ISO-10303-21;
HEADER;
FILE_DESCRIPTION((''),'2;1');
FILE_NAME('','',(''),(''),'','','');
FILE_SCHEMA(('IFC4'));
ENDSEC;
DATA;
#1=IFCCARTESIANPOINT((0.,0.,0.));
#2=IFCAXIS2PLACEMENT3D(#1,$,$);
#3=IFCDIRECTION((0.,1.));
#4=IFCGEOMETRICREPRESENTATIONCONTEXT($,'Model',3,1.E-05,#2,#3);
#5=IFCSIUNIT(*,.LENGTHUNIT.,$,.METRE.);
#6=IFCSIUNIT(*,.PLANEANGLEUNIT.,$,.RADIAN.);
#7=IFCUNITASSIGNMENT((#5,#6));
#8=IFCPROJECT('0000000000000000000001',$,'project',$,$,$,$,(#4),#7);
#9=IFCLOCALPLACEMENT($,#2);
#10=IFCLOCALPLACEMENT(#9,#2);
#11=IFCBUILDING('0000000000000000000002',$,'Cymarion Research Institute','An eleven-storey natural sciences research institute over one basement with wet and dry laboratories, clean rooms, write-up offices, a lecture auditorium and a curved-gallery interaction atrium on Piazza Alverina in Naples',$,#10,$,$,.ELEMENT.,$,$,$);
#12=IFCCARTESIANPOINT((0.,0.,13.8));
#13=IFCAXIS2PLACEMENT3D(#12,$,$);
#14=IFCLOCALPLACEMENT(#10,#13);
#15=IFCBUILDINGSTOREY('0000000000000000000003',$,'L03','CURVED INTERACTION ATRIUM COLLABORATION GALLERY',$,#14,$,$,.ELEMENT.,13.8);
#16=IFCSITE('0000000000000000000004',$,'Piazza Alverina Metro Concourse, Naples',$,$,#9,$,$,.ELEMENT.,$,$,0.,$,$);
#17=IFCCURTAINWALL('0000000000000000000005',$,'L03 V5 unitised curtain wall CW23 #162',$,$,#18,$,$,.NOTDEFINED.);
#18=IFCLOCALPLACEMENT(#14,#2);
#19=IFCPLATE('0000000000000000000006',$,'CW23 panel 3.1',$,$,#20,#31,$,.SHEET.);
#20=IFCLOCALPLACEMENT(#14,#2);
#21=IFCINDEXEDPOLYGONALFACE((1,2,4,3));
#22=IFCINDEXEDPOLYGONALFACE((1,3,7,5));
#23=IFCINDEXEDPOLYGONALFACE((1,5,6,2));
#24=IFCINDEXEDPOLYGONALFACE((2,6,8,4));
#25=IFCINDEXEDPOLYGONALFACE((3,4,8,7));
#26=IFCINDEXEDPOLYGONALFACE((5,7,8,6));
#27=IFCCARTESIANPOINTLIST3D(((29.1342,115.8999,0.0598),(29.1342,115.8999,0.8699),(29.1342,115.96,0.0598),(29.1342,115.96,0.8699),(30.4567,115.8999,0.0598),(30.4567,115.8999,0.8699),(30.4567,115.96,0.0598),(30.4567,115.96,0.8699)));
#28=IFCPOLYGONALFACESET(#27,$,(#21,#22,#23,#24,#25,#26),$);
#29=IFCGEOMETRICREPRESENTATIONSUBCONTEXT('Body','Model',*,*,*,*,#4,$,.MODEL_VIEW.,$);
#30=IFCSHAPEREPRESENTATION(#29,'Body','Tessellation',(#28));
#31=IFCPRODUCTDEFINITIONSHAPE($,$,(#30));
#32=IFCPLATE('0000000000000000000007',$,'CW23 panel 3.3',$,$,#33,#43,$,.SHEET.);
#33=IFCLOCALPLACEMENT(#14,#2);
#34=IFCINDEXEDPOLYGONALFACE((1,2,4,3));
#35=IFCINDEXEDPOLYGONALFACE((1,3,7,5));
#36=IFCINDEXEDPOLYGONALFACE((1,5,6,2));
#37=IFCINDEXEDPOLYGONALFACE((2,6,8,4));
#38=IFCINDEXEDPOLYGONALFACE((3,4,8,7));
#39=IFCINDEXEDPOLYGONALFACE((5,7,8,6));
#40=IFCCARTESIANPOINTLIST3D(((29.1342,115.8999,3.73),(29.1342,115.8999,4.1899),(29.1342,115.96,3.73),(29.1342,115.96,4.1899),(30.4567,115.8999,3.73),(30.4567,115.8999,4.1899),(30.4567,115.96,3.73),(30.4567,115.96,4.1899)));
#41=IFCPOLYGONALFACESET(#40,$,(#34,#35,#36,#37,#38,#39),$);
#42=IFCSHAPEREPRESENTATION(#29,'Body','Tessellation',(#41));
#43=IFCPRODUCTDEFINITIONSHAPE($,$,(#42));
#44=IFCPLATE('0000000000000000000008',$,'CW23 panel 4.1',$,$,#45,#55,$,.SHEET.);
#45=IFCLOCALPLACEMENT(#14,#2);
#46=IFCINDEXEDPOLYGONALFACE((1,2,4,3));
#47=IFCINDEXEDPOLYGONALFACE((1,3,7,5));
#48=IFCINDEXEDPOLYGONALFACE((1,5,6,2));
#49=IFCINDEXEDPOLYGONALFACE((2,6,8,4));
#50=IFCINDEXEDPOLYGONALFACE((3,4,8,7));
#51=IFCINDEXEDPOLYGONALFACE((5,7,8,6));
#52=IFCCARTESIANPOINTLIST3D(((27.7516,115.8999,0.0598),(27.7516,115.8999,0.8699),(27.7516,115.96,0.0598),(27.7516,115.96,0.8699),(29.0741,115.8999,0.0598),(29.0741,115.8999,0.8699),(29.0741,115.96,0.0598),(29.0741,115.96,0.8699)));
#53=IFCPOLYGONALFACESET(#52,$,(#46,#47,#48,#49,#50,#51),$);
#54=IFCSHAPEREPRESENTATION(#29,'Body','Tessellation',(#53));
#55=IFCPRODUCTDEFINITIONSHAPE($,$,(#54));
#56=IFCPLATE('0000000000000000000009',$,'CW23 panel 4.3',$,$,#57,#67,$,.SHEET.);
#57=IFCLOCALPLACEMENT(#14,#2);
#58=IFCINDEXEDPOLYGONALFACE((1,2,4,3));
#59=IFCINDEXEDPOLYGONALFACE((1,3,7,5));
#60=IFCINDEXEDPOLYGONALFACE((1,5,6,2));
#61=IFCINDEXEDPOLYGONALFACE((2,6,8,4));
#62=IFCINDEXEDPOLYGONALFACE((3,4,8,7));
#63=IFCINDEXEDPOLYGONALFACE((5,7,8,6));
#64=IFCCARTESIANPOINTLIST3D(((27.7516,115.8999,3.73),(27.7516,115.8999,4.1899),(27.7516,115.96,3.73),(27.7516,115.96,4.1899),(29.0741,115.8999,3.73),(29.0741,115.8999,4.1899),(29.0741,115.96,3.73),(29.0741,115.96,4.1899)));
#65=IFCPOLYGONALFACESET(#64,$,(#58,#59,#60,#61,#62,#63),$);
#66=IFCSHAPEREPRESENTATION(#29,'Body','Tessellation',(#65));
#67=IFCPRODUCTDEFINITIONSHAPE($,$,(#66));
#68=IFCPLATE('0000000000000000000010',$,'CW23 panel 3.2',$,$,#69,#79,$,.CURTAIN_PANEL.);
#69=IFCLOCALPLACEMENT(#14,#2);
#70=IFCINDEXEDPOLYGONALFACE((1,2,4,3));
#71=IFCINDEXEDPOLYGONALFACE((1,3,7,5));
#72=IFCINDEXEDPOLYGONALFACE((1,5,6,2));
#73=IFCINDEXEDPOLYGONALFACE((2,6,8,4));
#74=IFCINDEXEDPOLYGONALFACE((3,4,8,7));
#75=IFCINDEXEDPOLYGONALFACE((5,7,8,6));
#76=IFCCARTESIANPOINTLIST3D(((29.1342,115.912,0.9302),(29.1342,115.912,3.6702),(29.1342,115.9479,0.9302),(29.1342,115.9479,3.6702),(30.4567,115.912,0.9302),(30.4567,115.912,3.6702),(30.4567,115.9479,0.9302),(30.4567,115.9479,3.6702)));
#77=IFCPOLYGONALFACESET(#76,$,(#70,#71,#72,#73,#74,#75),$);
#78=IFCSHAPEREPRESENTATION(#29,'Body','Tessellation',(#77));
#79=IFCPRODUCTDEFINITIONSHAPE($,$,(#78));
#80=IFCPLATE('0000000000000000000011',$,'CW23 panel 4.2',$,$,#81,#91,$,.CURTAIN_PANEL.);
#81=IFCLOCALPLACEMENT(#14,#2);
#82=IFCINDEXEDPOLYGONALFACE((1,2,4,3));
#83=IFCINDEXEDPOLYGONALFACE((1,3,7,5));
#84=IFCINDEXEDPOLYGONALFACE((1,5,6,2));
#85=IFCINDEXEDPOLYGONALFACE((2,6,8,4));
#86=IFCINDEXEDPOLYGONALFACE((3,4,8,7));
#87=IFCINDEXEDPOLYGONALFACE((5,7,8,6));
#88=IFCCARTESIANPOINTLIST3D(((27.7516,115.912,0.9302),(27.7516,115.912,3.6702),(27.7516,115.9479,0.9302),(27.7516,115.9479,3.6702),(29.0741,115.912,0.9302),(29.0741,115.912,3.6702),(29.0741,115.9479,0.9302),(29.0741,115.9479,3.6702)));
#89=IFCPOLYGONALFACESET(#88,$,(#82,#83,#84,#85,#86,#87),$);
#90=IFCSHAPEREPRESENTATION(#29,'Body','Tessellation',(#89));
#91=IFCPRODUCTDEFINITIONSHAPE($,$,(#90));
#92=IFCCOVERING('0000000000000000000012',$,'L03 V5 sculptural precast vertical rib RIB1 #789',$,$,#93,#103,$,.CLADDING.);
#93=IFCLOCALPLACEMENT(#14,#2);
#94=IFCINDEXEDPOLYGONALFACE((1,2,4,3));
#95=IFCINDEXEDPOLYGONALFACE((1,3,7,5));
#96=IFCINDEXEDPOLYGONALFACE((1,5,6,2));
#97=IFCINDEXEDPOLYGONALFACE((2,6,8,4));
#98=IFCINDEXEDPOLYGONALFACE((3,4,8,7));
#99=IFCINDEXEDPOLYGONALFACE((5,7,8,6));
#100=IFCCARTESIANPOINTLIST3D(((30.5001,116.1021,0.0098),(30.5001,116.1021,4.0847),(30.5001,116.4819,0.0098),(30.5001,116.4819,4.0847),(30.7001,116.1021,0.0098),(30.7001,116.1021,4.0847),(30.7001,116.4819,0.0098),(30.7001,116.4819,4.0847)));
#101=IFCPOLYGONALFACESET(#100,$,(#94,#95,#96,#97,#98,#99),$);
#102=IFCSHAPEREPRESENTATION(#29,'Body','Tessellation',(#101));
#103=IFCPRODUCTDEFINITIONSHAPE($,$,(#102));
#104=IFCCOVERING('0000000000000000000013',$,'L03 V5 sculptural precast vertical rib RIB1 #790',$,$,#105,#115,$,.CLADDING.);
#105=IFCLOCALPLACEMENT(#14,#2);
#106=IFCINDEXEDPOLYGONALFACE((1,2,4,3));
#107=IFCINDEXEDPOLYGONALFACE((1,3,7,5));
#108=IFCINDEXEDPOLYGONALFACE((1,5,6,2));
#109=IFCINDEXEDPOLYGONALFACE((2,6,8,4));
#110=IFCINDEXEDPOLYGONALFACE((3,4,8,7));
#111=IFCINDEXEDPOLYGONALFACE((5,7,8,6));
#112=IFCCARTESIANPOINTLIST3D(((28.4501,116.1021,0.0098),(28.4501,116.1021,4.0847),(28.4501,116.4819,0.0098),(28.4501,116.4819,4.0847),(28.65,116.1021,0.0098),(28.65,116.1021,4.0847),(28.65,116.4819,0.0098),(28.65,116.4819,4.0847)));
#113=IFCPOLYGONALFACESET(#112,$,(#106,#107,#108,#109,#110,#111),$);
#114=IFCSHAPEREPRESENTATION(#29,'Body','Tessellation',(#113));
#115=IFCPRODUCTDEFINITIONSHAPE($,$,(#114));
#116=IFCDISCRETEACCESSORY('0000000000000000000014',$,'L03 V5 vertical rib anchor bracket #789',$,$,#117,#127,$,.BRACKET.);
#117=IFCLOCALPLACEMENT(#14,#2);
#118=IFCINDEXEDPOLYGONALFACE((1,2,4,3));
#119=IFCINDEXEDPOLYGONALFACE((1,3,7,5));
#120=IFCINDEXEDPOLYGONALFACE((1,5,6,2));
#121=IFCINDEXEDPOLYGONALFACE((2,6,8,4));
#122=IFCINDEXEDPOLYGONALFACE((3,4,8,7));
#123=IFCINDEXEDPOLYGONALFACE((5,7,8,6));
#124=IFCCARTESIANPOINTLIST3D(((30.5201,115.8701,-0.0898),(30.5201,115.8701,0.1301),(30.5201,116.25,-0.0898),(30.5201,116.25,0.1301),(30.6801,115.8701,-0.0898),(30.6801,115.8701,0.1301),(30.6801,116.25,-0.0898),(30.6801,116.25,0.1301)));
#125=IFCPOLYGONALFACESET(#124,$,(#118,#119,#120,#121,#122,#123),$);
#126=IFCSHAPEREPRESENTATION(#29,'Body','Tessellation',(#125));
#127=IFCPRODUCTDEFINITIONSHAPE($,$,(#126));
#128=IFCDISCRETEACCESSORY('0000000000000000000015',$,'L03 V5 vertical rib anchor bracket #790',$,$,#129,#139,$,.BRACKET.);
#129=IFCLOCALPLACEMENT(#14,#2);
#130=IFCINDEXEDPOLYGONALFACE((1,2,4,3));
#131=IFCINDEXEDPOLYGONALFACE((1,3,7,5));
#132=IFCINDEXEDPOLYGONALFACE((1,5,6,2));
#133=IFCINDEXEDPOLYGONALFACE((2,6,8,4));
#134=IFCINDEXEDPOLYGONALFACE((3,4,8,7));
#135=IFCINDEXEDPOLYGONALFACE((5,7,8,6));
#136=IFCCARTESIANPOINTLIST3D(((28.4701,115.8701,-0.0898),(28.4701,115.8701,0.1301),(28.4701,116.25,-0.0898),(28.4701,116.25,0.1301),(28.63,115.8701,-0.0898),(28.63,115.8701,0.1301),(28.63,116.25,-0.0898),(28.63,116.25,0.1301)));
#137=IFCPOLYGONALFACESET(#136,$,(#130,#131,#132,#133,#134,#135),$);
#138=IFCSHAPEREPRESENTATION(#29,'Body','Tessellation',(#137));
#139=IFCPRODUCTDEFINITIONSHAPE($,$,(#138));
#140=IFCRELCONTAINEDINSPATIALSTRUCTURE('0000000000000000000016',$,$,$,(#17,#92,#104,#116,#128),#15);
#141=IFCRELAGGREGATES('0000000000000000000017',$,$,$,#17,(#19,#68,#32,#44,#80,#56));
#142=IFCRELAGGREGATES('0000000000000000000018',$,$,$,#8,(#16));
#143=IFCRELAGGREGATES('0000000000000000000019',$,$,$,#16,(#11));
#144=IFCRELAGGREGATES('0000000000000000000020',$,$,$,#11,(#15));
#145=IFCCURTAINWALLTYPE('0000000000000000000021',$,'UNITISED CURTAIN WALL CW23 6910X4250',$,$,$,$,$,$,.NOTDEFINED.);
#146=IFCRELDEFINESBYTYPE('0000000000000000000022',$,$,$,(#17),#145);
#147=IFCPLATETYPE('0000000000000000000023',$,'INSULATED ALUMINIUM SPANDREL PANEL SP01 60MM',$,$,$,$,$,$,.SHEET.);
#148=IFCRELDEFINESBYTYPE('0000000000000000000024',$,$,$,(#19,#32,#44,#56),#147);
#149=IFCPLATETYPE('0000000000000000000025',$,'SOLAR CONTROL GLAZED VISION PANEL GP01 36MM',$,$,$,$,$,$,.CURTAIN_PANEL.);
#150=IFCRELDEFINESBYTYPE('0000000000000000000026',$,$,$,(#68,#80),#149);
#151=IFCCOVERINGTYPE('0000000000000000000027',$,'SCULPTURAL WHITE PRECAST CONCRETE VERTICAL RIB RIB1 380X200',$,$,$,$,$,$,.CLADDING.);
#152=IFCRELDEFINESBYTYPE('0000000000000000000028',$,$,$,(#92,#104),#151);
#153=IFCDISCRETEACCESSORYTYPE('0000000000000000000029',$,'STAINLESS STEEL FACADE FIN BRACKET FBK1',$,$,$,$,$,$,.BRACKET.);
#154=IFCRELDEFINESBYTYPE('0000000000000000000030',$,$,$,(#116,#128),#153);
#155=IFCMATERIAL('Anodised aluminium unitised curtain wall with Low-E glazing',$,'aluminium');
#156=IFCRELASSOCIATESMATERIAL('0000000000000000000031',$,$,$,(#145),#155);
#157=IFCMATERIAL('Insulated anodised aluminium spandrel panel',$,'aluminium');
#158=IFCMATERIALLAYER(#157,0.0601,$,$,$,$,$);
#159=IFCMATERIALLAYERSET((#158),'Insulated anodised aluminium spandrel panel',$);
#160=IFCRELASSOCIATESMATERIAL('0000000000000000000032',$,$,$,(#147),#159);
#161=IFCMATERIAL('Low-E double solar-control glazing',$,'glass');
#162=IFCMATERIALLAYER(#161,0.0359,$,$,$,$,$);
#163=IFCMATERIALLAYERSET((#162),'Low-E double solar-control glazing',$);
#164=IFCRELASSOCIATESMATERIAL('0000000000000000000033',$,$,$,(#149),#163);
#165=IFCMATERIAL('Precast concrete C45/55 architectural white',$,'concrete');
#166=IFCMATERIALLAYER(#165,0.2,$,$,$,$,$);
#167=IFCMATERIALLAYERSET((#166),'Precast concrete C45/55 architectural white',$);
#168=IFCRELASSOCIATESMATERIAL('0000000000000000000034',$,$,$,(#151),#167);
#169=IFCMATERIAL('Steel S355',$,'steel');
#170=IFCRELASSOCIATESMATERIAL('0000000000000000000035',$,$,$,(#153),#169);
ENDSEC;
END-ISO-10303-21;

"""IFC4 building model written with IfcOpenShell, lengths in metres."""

from ifc_helpers import new_model, si_unit, direction, frame, origin, origin_2d, place, context, subcontext, project, spatial, rectangle, extrude, material, layer, layer_set, type_object, element, aggregate, save


model = new_model("IFC4")

# Units and contexts
model_context = context("Model", 3, precision=1e-05, world=origin(), true_north=direction((0.0, 1.0)))
body_context = subcontext(model_context, "Body", "Model", "MODEL_VIEW")
ifc_project = project(units=[si_unit("LENGTHUNIT", "METRE"), si_unit("PLANEANGLEUNIT", "RADIAN")], contexts=[model_context])

# Site, building, storey
site_placement = place(None, origin())
site = spatial("IfcSite", under=ifc_project, at=site_placement, Name="Piazza Alverina Metro Concourse, Naples", CompositionType="ELEMENT", RefElevation=0.0)
building_placement = place(site_placement, origin())
building = spatial("IfcBuilding", under=site, at=building_placement, Name="Cymarion Research Institute", Description="An eleven-storey natural sciences research institute over one basement with wet and dry laboratories, clean rooms, write-up offices, a lecture auditorium and a curved-gallery interaction atrium on Piazza Alverina in Naples", CompositionType="ELEMENT")
storey_placement = place(building_placement, frame((0.0, 0.0, 13.8)))
storey = spatial("IfcBuildingStorey", under=building, at=storey_placement, Name="L03", Description="CURVED INTERACTION ATRIUM COLLABORATION GALLERY", CompositionType="ELEMENT", Elevation=13.8)

# Curtain wall, plates
ifc_material_1 = material(Name="Anodised aluminium unitised curtain wall with Low-E glazing", Category="aluminium")
curtain_wall_type = type_object("IfcCurtainWallType", Name="UNITISED CURTAIN WALL CW23 6910X4250", PredefinedType="NOTDEFINED", material=ifc_material_1)
curtain_wall_placement = place(storey_placement, origin())
curtain_wall = element("IfcCurtainWall", 1, at=curtain_wall_placement, inside=storey, type_object=curtain_wall_type, Name="L03 V5 unitised curtain wall CW23 #162", PredefinedType="NOTDEFINED")
ifc_material_2 = material(Name="Insulated anodised aluminium spandrel panel", Category="aluminium")
ifc_layer_1 = layer(ifc_material_2, 0.0601)
ifc_layer_set_1 = layer_set([ifc_layer_1], Name="Insulated anodised aluminium spandrel panel")
plate_type_1 = type_object("IfcPlateType", Name="INSULATED ALUMINIUM SPANDREL PANEL SP01 60MM", PredefinedType="SHEET", material=ifc_layer_set_1)
plate_1_placement = place(storey_placement, frame((29.7954, 115.9299, 0.0598), z_axis=(0.0, 0.0, 1.0), x_axis=(-1.0, 0.0, 0.0)))
plate_1 = element("IfcPlate", 2, at=plate_1_placement, type_object=plate_type_1, Name="CW23 panel 3.1", PredefinedType="SHEET", context=body_context, shape_type="SweptSolid", body=[
    extrude(rectangle(XDim=1.3225, YDim=0.0601, at=origin_2d()), origin(), (0.0, 0.0, 1.0), 0.8101),
])
plate_2_placement = place(storey_placement, frame((29.7954, 115.9299, 3.73), z_axis=(0.0, 0.0, 1.0), x_axis=(-1.0, 0.0, 0.0)))
plate_2 = element("IfcPlate", 3, at=plate_2_placement, type_object=plate_type_1, Name="CW23 panel 3.3", PredefinedType="SHEET", context=body_context, shape_type="SweptSolid", body=[
    extrude(rectangle(XDim=1.3225, YDim=0.0601, at=origin_2d()), origin(), (0.0, 0.0, 1.0), 0.46),
])
plate_3_placement = place(storey_placement, frame((28.4128, 115.9299, 0.0598), z_axis=(0.0, 0.0, 1.0), x_axis=(-1.0, 0.0, 0.0)))
plate_3 = element("IfcPlate", 4, at=plate_3_placement, type_object=plate_type_1, Name="CW23 panel 4.1", PredefinedType="SHEET", context=body_context, shape_type="SweptSolid", body=[
    extrude(rectangle(XDim=1.3225, YDim=0.0601, at=origin_2d()), origin(), (0.0, 0.0, 1.0), 0.8101),
])
plate_4_placement = place(storey_placement, frame((28.4128, 115.9299, 3.73), z_axis=(0.0, 0.0, 1.0), x_axis=(-1.0, 0.0, 0.0)))
plate_4 = element("IfcPlate", 5, at=plate_4_placement, type_object=plate_type_1, Name="CW23 panel 4.3", PredefinedType="SHEET", context=body_context, shape_type="SweptSolid", body=[
    extrude(rectangle(XDim=1.3225, YDim=0.0601, at=origin_2d()), origin(), (0.0, 0.0, 1.0), 0.46),
])
ifc_material_3 = material(Name="Low-E double solar-control glazing", Category="glass")
ifc_layer_2 = layer(ifc_material_3, 0.0359)
ifc_layer_set_2 = layer_set([ifc_layer_2], Name="Low-E double solar-control glazing")
plate_type_2 = type_object("IfcPlateType", Name="SOLAR CONTROL GLAZED VISION PANEL GP01 36MM", PredefinedType="CURTAIN_PANEL", material=ifc_layer_set_2)
plate_5_placement = place(storey_placement, frame((29.7954, 115.9299, 0.9302), z_axis=(0.0, 0.0, 1.0), x_axis=(-1.0, 0.0, 0.0)))
plate_5 = element("IfcPlate", 6, at=plate_5_placement, type_object=plate_type_2, Name="CW23 panel 3.2", PredefinedType="CURTAIN_PANEL", context=body_context, shape_type="SweptSolid", body=[
    extrude(rectangle(XDim=1.3225, YDim=0.0359, at=origin_2d()), origin(), (0.0, 0.0, 1.0), 2.74),
])
plate_6_placement = place(storey_placement, frame((28.4128, 115.9299, 0.9302), z_axis=(0.0, 0.0, 1.0), x_axis=(-1.0, 0.0, 0.0)))
plate_6 = element("IfcPlate", 7, at=plate_6_placement, type_object=plate_type_2, Name="CW23 panel 4.2", PredefinedType="CURTAIN_PANEL", context=body_context, shape_type="SweptSolid", body=[
    extrude(rectangle(XDim=1.3225, YDim=0.0359, at=origin_2d()), origin(), (0.0, 0.0, 1.0), 2.74),
])
aggregate(curtain_wall, [plate_1, plate_5, plate_2, plate_3, plate_6, plate_4])

# Coverings
ifc_material_4 = material(Name="Precast concrete C45/55 architectural white", Category="concrete")
ifc_layer_3 = layer(ifc_material_4, 0.2)
ifc_layer_set_3 = layer_set([ifc_layer_3], Name="Precast concrete C45/55 architectural white")
covering_type = type_object("IfcCoveringType", Name="SCULPTURAL WHITE PRECAST CONCRETE VERTICAL RIB RIB1 380X200", PredefinedType="CLADDING", material=ifc_layer_set_3)
for number, where, z_axis, x_axis, name in (
    (8, (30.6001, 116.292, 0.0098), (0.0, 0.0, 1.0), (0.0, 1.0, 0.0), "L03 V5 sculptural precast vertical rib RIB1 #789"),
    (9, (28.55, 116.292, 0.0098), (0.0, 0.0, 1.0), (0.0, 1.0, 0.0), "L03 V5 sculptural precast vertical rib RIB1 #790"),
):
    element("IfcCovering", number, at=place(storey_placement, frame(where, z_axis=z_axis, x_axis=x_axis)), inside=storey, type_object=covering_type, Name=name, PredefinedType="CLADDING", context=body_context, shape_type="SweptSolid", body=[
        extrude(rectangle(XDim=0.3799, YDim=0.2, at=origin_2d()), origin(), (0.0, 0.0, 1.0), 4.075),
    ])

# Discrete accessories
ifc_material_5 = material(Name="Steel S355", Category="steel")
discrete_accessory_type = type_object("IfcDiscreteAccessoryType", Name="STAINLESS STEEL FACADE FIN BRACKET FBK1", PredefinedType="BRACKET", material=ifc_material_5)
for number, where, z_axis, x_axis, name in (
    (10, (30.6001, 116.0601, -0.0898), (0.0, 0.0, 1.0), (0.0, 1.0, 0.0), "L03 V5 vertical rib anchor bracket #789"),
    (11, (28.55, 116.0601, -0.0898), (0.0, 0.0, 1.0), (0.0, 1.0, 0.0), "L03 V5 vertical rib anchor bracket #790"),
):
    element("IfcDiscreteAccessory", number, at=place(storey_placement, frame(where, z_axis=z_axis, x_axis=x_axis)), inside=storey, type_object=discrete_accessory_type, Name=name, PredefinedType="BRACKET", context=body_context, shape_type="SweptSolid", body=[
        extrude(rectangle(XDim=0.3799, YDim=0.1599, at=origin_2d()), origin(), (0.0, 0.0, 1.0), 0.22),
    ])

save(model, "model.ifc")
